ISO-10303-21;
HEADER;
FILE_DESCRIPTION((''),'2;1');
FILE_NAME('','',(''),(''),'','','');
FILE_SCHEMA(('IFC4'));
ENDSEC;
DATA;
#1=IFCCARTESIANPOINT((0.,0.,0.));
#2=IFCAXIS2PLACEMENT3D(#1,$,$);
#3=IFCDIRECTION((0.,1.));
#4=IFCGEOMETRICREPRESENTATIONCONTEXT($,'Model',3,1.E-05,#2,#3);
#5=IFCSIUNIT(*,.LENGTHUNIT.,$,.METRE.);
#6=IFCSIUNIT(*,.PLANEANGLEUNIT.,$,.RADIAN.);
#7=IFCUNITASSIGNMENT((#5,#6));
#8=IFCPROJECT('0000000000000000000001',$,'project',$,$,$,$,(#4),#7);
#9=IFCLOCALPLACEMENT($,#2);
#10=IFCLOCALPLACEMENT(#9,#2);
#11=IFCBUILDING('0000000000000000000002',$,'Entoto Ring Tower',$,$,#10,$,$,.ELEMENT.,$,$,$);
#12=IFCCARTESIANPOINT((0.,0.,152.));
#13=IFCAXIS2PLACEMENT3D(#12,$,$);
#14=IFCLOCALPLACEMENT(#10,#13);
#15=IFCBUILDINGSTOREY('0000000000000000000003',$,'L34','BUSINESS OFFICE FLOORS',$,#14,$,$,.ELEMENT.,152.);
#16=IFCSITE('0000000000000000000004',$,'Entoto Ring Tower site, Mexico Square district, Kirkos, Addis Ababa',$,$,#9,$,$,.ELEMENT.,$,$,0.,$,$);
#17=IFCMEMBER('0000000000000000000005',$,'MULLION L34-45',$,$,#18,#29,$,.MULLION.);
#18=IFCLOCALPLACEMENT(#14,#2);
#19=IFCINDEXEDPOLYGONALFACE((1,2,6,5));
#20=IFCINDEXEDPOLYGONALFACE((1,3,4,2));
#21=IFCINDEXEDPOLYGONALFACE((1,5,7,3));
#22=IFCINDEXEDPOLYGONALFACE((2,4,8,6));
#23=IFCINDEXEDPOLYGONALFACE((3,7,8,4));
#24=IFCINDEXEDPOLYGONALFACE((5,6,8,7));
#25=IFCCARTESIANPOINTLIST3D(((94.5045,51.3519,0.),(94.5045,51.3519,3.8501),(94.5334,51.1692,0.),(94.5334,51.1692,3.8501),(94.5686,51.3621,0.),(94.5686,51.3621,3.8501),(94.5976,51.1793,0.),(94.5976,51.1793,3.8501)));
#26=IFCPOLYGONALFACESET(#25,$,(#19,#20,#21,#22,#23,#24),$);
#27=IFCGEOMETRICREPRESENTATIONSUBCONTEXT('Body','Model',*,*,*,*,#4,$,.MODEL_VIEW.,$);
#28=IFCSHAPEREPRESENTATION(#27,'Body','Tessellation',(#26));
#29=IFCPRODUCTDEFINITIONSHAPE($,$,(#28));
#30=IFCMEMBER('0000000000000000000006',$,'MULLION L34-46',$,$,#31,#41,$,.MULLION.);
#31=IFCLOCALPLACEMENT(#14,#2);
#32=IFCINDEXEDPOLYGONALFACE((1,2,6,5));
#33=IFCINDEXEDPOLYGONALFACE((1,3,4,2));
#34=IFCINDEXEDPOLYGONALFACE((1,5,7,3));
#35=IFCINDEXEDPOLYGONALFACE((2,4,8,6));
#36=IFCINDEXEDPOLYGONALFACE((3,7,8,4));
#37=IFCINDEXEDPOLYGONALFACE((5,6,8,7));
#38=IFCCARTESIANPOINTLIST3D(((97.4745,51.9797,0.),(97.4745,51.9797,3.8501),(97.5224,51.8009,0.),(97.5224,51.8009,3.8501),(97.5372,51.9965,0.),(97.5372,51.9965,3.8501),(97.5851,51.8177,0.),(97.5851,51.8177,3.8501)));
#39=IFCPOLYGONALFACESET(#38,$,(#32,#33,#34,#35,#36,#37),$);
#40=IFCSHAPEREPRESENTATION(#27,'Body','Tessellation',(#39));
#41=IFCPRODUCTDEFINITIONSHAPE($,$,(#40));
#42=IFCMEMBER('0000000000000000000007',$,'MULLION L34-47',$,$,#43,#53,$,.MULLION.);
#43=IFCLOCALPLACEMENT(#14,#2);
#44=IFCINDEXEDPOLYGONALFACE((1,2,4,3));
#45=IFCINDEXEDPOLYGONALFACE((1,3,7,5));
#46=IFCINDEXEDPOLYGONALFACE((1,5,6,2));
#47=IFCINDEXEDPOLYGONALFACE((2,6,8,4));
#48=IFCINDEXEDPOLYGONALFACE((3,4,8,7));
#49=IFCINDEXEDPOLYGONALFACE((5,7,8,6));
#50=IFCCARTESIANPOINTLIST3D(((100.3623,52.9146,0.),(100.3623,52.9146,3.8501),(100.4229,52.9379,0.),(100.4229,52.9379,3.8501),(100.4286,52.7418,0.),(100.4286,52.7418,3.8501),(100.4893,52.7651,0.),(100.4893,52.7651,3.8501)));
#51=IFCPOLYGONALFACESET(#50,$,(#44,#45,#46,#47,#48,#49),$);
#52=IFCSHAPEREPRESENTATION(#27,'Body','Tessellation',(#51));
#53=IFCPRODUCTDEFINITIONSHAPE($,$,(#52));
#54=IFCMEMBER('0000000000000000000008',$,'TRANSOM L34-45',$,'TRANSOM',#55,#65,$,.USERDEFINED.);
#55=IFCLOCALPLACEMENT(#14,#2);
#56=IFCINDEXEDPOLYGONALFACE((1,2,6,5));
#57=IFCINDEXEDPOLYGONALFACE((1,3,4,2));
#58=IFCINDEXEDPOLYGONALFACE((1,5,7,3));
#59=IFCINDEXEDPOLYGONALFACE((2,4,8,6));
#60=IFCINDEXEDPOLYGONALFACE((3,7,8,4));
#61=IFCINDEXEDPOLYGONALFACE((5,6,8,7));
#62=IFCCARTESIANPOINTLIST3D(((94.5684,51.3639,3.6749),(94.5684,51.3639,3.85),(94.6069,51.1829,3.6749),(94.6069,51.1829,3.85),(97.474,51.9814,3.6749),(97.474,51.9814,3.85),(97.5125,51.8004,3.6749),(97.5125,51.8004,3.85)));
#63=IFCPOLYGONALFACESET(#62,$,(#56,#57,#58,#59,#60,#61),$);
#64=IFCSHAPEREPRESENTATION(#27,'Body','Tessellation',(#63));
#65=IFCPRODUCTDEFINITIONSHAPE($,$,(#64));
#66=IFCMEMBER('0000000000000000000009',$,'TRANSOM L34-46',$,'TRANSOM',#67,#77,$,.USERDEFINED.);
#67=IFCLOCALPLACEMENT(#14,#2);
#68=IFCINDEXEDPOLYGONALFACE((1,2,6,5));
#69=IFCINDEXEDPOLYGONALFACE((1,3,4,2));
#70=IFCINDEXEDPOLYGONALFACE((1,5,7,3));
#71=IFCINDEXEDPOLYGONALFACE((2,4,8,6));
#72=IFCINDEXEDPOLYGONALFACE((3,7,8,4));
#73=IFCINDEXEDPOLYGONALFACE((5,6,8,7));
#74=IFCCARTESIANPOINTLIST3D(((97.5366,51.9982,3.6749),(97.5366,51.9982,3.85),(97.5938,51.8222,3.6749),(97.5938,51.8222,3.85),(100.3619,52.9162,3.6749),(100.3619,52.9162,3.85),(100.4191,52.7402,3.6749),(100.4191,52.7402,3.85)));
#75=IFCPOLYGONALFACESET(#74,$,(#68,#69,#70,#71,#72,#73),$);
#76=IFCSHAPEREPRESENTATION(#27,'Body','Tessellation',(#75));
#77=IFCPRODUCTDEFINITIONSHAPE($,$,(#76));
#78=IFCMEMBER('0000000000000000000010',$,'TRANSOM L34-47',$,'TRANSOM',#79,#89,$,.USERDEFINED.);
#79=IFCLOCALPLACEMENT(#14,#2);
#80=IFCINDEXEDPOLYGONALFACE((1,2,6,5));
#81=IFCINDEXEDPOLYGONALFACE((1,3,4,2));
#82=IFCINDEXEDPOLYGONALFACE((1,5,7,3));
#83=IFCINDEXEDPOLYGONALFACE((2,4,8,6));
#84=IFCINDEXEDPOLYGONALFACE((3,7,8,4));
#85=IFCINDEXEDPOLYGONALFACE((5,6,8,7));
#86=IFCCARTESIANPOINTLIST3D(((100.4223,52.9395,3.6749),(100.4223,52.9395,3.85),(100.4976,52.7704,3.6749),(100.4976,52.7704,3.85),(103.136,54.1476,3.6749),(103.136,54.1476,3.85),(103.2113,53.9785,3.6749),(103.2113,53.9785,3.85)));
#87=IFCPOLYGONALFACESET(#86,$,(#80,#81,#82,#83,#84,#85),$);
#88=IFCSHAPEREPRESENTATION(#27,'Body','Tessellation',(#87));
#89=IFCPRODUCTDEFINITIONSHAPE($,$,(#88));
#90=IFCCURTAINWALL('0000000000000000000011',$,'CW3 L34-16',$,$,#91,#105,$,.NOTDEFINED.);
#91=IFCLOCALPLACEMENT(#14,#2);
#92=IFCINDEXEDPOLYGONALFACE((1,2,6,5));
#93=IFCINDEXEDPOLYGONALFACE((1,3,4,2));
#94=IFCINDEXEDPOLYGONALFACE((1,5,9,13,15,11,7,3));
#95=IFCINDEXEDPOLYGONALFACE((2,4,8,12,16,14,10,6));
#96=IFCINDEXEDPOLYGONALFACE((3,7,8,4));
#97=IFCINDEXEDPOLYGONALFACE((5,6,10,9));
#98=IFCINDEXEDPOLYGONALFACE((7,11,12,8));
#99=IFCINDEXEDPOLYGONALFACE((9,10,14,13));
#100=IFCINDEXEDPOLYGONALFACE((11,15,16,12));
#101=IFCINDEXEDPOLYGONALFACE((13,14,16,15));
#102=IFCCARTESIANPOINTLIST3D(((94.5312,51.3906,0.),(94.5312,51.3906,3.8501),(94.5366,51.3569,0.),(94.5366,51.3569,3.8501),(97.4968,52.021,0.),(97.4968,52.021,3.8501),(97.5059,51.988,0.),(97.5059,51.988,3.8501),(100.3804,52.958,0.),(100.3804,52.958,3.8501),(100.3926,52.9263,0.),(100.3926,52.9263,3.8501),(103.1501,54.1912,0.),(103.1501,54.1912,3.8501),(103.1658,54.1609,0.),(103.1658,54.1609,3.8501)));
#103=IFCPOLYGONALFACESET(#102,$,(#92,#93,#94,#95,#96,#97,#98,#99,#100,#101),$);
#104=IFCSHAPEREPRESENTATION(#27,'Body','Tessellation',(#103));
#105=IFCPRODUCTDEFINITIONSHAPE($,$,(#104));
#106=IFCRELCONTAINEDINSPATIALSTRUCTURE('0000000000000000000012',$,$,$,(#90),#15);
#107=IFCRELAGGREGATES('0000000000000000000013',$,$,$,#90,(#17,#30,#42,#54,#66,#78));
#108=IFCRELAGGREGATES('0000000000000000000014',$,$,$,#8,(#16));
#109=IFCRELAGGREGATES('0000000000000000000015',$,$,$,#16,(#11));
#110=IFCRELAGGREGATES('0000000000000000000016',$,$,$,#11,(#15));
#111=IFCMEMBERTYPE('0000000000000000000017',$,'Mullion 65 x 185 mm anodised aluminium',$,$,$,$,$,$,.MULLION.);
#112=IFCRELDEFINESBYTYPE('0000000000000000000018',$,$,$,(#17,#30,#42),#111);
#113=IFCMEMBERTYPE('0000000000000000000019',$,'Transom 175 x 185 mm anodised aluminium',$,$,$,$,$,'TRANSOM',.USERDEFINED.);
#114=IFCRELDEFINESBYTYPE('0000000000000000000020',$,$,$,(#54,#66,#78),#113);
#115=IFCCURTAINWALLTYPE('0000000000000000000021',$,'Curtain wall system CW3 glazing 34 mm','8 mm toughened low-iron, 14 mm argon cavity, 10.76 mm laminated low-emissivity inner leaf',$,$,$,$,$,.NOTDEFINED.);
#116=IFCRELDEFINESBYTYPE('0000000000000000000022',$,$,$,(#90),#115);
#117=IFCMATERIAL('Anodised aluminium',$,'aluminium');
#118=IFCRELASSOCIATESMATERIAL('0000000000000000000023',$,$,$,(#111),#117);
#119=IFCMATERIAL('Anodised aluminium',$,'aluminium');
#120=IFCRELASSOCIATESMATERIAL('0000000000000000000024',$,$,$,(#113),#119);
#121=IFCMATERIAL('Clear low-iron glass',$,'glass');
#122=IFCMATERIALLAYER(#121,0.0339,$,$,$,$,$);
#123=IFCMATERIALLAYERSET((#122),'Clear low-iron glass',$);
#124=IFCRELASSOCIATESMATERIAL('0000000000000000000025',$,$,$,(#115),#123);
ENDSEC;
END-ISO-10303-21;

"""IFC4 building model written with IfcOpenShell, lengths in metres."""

from ifc_helpers import new_model, si_unit, direction, frame, origin, origin_2d, place, context, subcontext, project, spatial, polyline, rectangle, outline, extrude, material, layer, layer_set, material_profile, profile_set, type_object, element, aggregate, save


model = new_model("IFC4")

# Units and contexts
model_context = context("Model", 3, precision=1e-05, world=origin(), true_north=direction((0.0, 1.0)))
body_context = subcontext(model_context, "Body", "Model", "MODEL_VIEW")
ifc_project = project(units=[si_unit("LENGTHUNIT", "METRE"), si_unit("PLANEANGLEUNIT", "RADIAN")], contexts=[model_context])

# Members
ifc_material_1 = material(Name="Anodised aluminium", Category="aluminium")
ifc_material_profile_1 = material_profile(ifc_material_1, rectangle(XDim=0.0649, YDim=0.1851, at=origin_2d()), Name="Mullion 65 x 185 mm anodised aluminium")
ifc_profile_set_1 = profile_set([ifc_material_profile_1], Name="Anodised aluminium")
member_type_1 = type_object("IfcMemberType", Name="Mullion 65 x 185 mm anodised aluminium", PredefinedType="MULLION", material=ifc_profile_set_1)
site_placement = place(None, origin())
building_placement = place(site_placement, origin())
storey_placement = place(building_placement, frame((0.0, 0.0, 152.0)))
member_1_placement = place(storey_placement, frame((94.551, 51.2656, 0.0), z_axis=(0.0, 0.0, 1.0), x_axis=(0.987688, 0.156434, 0.0)))
member_1 = element("IfcMember", 1, at=member_1_placement, type_object=member_type_1, Name="MULLION L34-45", PredefinedType="MULLION", context=body_context, shape_type="SweptSolid", body=[
    extrude(rectangle(XDim=0.0649, YDim=0.1851, at=origin_2d()), origin(), (0.0, 0.0, 1.0), 3.8501),
])
member_2_placement = place(storey_placement, frame((97.5298, 51.8987, 0.0), z_axis=(0.0, 0.0, 1.0), x_axis=(0.965926, 0.258819, 0.0)))
member_2 = element("IfcMember", 2, at=member_2_placement, type_object=member_type_1, Name="MULLION L34-46", PredefinedType="MULLION", context=body_context, shape_type="SweptSolid", body=[
    extrude(rectangle(XDim=0.0649, YDim=0.1851, at=origin_2d()), origin(), (0.0, 0.0, 1.0), 3.8501),
])
member_3_placement = place(storey_placement, frame((100.4258, 52.8398, 0.0), z_axis=(0.0, 0.0, 1.0), x_axis=(0.93358, 0.358368, 0.0)))
member_3 = element("IfcMember", 3, at=member_3_placement, type_object=member_type_1, Name="MULLION L34-47", PredefinedType="MULLION", context=body_context, shape_type="SweptSolid", body=[
    extrude(rectangle(XDim=0.0649, YDim=0.1851, at=origin_2d()), origin(), (0.0, 0.0, 1.0), 3.8501),
])
ifc_material_2 = material(Name="Anodised aluminium", Category="aluminium")
ifc_material_profile_2 = material_profile(ifc_material_2, rectangle(XDim=0.1851, YDim=0.175, at=origin_2d()), Name="Transom 175 x 185 mm anodised aluminium")
ifc_profile_set_2 = profile_set([ifc_material_profile_2], Name="Anodised aluminium")
member_type_2 = type_object("IfcMemberType", Name="Transom 175 x 185 mm anodised aluminium", ElementType="TRANSOM", PredefinedType="USERDEFINED", material=ifc_profile_set_2)
member_4_placement = place(storey_placement, frame((94.5876, 51.2734, 3.7625), z_axis=(0.978158, 0.207862, 0.0), x_axis=(-0.207862, 0.978158, 0.0)))
member_4 = element("IfcMember", 4, at=member_4_placement, type_object=member_type_2, Name="TRANSOM L34-45", ObjectType="TRANSOM", PredefinedType="USERDEFINED", context=body_context, shape_type="SweptSolid", body=[
    extrude(rectangle(XDim=0.1851, YDim=0.175, at=origin_2d()), origin(), (0.0, 0.0, 1.0), 2.9705),
])
member_5_placement = place(storey_placement, frame((97.5652, 51.9102, 3.7625), z_axis=(0.951056, 0.309019, 0.0), x_axis=(-0.309019, 0.951056, 0.0)))
member_5 = element("IfcMember", 5, at=member_5_placement, type_object=member_type_2, Name="TRANSOM L34-46", ObjectType="TRANSOM", PredefinedType="USERDEFINED", context=body_context, shape_type="SweptSolid", body=[
    extrude(rectangle(XDim=0.1851, YDim=0.175, at=origin_2d()), origin(), (0.0, 0.0, 1.0), 2.9707),
])
member_6_placement = place(storey_placement, frame((100.46, 52.855, 3.7625), z_axis=(0.913567, 0.406687, 0.0), x_axis=(-0.406687, 0.913567, 0.0)))
member_6 = element("IfcMember", 6, at=member_6_placement, type_object=member_type_2, Name="TRANSOM L34-47", ObjectType="TRANSOM", PredefinedType="USERDEFINED", context=body_context, shape_type="SweptSolid", body=[
    extrude(rectangle(XDim=0.1851, YDim=0.175, at=origin_2d()), origin(), (0.0, 0.0, 1.0), 2.9705),
])

# Site, building, storey
site = spatial("IfcSite", under=ifc_project, at=site_placement, Name="Entoto Ring Tower site, Mexico Square district, Kirkos, Addis Ababa", CompositionType="ELEMENT", RefElevation=0.0)
building = spatial("IfcBuilding", under=site, at=building_placement, Name="Entoto Ring Tower", CompositionType="ELEMENT")
storey = spatial("IfcBuildingStorey", under=building, at=storey_placement, Name="L34", Description="BUSINESS OFFICE FLOORS", CompositionType="ELEMENT", Elevation=152.0)

# Curtain wall
ifc_material_3 = material(Name="Clear low-iron glass", Category="glass")
ifc_layer_1 = layer(ifc_material_3, 0.0339)
ifc_layer_set_1 = layer_set([ifc_layer_1], Name="Clear low-iron glass")
curtain_wall_type = type_object("IfcCurtainWallType", Name="Curtain wall system CW3 glazing 34 mm", Description="8 mm toughened low-iron, 14 mm argon cavity, 10.76 mm laminated low-emissivity inner leaf", PredefinedType="NOTDEFINED", material=ifc_layer_set_1)
curtain_wall_1_placement = place(storey_placement, origin())
curtain_wall_1 = element("IfcCurtainWall", 7, at=curtain_wall_1_placement, inside=storey, type_object=curtain_wall_type, Name="CW3 L34-16", PredefinedType="NOTDEFINED", context=body_context, shape_type="SweptSolid", body=[
    extrude(outline(polyline([(94.5366, 51.3569), (97.5059, 51.988), (100.3926, 52.9263), (103.1658, 54.1609), (103.1501, 54.1912), (100.3804, 52.958), (97.4968, 52.021), (94.5312, 51.3906), (94.5366, 51.3569)])), origin(), (0.0, 0.0, 1.0), 3.8501),
])
aggregate(curtain_wall_1, [member_1, member_2, member_3, member_4, member_5, member_6])

save(model, "model.ifc")
